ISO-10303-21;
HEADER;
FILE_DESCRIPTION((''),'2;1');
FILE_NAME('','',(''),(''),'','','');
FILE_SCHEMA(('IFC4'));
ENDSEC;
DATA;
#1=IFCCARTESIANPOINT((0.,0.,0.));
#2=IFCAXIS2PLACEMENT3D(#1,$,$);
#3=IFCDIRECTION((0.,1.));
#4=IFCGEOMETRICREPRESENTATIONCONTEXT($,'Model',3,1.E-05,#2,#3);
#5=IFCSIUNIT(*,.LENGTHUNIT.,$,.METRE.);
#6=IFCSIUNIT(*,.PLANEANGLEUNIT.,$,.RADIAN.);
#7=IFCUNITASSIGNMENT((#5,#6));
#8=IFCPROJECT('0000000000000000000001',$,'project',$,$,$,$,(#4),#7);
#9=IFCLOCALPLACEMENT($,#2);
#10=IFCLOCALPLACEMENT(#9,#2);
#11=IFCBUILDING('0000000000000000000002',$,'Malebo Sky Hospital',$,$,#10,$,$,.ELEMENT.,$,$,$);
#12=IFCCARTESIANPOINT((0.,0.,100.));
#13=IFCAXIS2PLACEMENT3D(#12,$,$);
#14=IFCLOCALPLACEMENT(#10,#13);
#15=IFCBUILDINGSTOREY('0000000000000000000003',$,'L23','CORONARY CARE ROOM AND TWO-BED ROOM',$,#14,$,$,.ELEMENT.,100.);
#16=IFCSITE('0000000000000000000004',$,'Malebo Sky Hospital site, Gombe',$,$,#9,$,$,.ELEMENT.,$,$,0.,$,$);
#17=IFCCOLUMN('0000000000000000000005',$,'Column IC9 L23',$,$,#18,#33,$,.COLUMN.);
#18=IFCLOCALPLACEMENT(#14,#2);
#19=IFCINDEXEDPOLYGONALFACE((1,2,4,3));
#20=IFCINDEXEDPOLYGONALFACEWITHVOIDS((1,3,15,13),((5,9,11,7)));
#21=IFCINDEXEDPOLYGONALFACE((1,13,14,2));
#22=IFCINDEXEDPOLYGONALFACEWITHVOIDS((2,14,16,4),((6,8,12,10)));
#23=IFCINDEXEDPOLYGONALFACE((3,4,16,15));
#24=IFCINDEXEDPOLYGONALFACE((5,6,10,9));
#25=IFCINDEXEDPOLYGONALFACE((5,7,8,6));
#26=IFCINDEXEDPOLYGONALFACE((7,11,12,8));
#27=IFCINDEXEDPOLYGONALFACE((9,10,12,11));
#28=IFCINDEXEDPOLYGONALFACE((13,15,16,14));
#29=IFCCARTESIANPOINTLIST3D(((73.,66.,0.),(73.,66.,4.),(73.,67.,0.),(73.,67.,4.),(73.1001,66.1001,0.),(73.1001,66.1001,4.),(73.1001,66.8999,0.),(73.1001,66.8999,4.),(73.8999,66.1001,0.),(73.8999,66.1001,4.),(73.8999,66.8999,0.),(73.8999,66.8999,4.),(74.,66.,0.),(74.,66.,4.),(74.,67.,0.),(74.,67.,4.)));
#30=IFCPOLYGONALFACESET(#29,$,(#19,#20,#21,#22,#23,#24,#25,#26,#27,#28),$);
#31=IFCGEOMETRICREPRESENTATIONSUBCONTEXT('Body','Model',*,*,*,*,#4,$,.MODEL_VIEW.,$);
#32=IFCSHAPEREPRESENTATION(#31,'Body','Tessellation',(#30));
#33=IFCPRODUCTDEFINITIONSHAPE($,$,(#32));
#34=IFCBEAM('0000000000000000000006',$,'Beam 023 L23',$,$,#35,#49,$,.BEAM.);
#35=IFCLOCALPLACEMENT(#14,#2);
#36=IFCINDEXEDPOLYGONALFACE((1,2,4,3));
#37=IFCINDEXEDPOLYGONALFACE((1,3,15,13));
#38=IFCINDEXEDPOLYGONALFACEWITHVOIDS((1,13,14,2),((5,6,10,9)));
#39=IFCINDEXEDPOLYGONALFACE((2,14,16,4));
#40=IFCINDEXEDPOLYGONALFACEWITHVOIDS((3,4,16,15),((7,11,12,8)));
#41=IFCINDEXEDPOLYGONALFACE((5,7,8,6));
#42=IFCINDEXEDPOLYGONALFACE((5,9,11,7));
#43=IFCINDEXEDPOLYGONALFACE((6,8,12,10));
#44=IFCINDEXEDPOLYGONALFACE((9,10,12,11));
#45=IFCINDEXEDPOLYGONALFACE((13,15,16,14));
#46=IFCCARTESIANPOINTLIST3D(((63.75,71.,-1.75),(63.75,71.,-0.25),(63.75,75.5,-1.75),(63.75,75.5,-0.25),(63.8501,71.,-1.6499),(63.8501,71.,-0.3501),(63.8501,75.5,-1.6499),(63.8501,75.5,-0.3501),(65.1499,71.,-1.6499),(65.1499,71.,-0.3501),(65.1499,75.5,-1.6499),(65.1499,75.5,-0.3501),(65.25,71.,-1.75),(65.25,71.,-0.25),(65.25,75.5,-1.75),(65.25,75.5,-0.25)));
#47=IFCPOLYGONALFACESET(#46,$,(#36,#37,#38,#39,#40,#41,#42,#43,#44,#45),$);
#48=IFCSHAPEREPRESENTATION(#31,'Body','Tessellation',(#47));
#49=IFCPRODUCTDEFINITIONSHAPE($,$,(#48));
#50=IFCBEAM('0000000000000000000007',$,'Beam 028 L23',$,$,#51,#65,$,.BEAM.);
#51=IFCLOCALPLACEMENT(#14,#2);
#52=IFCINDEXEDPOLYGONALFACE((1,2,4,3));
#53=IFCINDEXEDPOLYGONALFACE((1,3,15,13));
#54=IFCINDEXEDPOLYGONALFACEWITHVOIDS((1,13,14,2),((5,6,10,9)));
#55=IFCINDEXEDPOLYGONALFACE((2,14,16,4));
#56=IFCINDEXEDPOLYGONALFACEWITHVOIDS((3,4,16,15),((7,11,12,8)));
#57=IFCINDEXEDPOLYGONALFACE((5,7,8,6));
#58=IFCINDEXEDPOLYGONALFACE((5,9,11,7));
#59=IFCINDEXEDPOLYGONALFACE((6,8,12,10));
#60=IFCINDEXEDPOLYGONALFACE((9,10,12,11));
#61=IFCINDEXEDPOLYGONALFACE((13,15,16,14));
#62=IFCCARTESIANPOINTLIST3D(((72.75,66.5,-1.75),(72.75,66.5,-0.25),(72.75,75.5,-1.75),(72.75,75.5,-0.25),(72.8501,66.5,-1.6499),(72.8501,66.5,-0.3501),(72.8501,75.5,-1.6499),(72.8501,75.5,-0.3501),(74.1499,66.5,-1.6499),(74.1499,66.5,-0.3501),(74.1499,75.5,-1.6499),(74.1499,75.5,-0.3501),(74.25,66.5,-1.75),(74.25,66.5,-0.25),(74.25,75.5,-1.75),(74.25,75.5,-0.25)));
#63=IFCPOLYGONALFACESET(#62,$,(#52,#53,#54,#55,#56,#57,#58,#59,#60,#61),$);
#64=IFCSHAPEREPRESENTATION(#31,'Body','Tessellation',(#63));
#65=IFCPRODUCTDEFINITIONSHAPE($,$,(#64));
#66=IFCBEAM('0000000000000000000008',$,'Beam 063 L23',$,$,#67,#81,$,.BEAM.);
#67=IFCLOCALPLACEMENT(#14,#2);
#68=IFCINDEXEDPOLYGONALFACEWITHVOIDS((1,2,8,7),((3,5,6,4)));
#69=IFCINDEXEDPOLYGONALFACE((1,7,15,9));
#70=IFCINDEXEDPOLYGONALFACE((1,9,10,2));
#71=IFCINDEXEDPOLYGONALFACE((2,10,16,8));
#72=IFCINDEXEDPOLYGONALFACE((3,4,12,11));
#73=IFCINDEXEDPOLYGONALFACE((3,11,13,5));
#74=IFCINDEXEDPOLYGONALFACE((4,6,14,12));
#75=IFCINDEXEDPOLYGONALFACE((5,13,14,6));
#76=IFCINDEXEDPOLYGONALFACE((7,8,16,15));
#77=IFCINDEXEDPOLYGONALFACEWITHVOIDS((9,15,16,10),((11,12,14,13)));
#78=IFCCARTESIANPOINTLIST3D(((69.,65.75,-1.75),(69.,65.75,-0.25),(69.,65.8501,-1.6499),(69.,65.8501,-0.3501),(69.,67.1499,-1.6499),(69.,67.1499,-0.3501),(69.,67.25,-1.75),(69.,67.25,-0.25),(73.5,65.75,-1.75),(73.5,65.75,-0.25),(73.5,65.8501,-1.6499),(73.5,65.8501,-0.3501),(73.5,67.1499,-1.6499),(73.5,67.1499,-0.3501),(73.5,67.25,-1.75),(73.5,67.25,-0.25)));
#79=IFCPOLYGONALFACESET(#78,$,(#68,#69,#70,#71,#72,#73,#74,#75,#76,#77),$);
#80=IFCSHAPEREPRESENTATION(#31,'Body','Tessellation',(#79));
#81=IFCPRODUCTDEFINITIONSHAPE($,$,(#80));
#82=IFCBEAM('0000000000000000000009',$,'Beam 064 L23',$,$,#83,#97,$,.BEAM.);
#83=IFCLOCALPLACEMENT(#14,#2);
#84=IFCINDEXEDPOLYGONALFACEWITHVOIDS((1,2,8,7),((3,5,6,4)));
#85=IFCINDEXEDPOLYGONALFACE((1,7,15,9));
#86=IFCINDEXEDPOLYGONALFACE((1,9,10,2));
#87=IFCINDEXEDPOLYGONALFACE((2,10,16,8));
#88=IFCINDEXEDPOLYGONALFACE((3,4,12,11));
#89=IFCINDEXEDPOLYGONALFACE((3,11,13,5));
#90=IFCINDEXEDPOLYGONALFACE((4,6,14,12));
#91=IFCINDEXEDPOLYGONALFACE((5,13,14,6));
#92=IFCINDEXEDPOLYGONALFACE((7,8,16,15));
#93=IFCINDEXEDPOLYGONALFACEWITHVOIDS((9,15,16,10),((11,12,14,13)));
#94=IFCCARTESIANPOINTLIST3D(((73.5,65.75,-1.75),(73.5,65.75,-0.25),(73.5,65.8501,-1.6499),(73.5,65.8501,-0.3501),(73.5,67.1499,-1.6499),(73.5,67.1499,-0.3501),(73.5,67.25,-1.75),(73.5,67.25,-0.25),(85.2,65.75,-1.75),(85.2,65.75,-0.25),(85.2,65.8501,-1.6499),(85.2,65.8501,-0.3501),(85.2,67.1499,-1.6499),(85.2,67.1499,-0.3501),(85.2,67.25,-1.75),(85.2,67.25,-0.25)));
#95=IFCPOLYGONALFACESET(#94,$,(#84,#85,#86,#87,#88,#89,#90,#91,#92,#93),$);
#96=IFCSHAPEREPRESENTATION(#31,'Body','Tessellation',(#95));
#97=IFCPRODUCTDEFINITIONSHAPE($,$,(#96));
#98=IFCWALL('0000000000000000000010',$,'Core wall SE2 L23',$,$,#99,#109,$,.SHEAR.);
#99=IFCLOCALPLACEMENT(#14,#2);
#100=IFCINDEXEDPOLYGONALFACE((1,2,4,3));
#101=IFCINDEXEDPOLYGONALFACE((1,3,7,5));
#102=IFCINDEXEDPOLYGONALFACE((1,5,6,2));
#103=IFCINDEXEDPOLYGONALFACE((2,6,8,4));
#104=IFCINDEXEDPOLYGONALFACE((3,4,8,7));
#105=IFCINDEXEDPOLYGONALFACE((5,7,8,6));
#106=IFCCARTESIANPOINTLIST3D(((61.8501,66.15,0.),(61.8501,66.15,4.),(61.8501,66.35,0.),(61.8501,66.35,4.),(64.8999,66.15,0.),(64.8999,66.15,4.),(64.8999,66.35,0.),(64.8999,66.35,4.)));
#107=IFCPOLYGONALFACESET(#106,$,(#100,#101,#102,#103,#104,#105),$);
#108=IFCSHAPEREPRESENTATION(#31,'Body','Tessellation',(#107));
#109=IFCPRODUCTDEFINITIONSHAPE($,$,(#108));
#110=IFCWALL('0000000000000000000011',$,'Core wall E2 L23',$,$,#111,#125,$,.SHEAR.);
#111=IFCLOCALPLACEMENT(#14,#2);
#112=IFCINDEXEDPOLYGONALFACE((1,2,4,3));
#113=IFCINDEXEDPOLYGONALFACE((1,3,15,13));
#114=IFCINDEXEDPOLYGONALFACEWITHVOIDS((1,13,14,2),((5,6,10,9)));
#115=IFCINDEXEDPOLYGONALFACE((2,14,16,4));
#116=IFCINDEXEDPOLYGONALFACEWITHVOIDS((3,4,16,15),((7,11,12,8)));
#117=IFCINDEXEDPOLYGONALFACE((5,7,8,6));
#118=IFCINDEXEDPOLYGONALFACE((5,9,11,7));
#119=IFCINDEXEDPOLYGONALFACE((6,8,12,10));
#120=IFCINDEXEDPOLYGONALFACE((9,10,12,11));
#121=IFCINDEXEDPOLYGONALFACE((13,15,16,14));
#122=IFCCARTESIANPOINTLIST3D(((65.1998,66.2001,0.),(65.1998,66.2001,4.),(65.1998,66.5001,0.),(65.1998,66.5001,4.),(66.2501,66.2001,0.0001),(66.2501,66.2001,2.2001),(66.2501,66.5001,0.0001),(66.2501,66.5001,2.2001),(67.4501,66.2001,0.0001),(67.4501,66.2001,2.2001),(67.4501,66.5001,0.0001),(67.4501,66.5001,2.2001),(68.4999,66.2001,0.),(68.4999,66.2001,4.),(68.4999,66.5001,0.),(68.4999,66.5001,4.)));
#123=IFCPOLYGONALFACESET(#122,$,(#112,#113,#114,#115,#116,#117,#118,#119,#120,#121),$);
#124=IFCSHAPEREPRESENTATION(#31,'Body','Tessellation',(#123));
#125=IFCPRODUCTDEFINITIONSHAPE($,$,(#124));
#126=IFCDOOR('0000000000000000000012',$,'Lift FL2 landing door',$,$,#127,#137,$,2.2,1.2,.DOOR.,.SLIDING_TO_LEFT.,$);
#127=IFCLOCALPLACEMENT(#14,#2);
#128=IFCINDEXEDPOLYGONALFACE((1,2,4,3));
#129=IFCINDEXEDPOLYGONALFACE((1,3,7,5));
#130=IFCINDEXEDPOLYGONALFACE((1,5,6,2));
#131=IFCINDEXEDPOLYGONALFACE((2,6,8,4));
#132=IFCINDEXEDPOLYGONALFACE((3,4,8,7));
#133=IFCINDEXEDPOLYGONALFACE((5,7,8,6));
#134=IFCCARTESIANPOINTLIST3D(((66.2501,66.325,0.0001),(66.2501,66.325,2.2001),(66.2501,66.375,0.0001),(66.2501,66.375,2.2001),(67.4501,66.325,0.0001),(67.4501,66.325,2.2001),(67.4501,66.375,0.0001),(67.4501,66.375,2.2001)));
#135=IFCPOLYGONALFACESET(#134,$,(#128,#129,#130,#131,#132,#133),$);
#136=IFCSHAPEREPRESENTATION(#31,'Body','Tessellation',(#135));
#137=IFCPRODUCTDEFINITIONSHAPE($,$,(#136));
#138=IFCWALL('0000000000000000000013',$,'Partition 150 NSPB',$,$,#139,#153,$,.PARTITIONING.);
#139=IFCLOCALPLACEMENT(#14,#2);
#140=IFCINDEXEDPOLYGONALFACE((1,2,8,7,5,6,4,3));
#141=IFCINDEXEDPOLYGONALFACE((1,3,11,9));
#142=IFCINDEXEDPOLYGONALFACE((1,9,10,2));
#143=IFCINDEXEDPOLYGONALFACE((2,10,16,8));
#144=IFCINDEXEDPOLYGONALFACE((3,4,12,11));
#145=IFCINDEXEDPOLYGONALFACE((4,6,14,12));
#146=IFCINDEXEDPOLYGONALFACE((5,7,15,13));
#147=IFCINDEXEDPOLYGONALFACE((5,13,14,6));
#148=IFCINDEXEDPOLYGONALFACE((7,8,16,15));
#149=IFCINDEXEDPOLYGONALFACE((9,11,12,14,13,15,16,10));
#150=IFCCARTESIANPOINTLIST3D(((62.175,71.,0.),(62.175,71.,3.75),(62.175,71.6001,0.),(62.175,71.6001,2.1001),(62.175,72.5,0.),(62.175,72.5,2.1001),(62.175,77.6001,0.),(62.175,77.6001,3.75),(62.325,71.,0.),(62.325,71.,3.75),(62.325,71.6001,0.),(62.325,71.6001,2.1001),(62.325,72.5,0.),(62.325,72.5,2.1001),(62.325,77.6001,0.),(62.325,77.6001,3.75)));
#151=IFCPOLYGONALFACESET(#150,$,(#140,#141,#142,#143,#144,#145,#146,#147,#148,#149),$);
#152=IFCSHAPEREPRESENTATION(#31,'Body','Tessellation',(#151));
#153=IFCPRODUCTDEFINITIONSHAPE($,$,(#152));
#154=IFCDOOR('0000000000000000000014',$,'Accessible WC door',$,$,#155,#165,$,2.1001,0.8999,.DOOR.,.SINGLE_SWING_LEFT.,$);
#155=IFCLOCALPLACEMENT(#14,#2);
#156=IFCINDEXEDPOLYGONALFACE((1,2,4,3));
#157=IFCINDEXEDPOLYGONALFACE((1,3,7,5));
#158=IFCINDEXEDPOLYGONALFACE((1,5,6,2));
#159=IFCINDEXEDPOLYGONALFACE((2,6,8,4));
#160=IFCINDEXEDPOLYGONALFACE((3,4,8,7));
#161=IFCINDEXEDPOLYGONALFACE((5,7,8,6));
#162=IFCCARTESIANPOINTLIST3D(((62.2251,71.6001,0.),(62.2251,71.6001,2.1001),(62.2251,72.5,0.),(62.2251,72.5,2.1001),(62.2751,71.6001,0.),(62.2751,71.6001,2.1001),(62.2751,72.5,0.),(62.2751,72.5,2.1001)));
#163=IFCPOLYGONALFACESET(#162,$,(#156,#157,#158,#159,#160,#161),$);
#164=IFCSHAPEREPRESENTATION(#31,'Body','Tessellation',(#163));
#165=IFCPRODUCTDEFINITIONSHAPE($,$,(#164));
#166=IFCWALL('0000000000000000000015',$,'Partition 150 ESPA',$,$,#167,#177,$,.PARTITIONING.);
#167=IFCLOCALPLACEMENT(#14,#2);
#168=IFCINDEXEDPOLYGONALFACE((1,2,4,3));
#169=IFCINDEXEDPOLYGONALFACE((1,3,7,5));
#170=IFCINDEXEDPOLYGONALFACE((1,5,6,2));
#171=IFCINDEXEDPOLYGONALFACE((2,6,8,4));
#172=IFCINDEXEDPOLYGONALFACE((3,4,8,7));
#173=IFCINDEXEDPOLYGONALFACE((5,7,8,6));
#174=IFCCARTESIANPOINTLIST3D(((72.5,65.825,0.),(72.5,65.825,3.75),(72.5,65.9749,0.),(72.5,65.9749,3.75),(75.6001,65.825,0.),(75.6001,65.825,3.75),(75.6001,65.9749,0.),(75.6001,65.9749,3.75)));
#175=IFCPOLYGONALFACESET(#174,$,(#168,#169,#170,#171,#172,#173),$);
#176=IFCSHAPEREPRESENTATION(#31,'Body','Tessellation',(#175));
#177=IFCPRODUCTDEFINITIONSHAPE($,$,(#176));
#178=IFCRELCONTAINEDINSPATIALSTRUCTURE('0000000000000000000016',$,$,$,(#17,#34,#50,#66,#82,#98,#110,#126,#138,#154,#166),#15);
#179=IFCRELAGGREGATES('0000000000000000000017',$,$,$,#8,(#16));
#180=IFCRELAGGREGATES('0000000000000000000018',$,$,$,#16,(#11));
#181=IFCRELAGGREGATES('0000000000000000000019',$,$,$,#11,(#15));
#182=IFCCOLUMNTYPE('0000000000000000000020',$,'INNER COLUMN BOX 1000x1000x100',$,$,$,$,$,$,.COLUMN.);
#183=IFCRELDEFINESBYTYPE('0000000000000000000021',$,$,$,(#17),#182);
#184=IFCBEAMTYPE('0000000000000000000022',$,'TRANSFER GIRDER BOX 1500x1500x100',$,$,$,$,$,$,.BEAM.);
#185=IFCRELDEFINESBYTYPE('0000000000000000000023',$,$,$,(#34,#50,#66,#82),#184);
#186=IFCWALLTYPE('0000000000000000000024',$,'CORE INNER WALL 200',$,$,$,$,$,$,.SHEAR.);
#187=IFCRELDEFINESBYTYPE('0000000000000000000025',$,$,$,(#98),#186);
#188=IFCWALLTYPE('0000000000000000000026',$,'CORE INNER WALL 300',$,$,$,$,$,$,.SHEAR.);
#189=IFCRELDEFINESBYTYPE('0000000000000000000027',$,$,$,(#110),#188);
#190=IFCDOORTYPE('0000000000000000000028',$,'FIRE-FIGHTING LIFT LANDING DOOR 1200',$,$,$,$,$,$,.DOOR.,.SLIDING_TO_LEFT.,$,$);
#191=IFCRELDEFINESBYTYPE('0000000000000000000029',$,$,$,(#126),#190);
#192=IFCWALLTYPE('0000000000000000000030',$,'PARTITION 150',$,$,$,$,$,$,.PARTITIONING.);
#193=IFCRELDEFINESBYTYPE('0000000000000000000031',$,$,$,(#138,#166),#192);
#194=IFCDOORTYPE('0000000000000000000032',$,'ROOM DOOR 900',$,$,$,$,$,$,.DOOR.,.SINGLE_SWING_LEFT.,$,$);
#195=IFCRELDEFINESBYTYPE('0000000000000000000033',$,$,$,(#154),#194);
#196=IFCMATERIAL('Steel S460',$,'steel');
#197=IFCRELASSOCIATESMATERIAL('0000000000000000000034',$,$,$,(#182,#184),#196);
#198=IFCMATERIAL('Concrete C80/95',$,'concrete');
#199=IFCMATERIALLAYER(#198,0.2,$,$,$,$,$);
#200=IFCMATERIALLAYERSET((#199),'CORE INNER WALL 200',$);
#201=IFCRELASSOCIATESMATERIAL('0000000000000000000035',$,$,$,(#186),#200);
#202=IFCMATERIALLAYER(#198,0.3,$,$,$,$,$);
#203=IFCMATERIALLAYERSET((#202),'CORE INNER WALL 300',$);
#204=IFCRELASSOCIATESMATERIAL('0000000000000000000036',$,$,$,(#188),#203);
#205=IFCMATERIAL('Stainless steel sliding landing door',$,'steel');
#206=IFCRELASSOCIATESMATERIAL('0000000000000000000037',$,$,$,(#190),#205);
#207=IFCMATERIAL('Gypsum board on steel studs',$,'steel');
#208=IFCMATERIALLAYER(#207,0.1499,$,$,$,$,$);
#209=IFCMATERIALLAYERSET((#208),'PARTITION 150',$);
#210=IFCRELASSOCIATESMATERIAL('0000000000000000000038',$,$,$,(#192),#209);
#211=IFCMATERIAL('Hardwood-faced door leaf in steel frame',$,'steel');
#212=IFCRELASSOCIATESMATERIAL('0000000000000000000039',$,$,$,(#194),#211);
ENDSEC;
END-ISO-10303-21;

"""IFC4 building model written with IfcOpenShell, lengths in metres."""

from ifc_helpers import new_model, si_unit, direction, frame, frame_2d, origin, origin_2d, place, context, subcontext, project, spatial, rectangle, hollow_rectangle, extrude, material, layer, layer_set, material_profile, profile_set, type_object, element, fill, save


model = new_model("IFC4")

# Units and contexts
model_context = context("Model", 3, precision=1e-05, world=origin(), true_north=direction((0.0, 1.0)))
body_context = subcontext(model_context, "Body", "Model", "MODEL_VIEW")
ifc_project = project(units=[si_unit("LENGTHUNIT", "METRE"), si_unit("PLANEANGLEUNIT", "RADIAN")], contexts=[model_context])

# Site, building, storey
site_placement = place(None, origin())
site = spatial("IfcSite", under=ifc_project, at=site_placement, Name="Malebo Sky Hospital site, Gombe", CompositionType="ELEMENT", RefElevation=0.0)
building_placement = place(site_placement, origin())
building = spatial("IfcBuilding", under=site, at=building_placement, Name="Malebo Sky Hospital", CompositionType="ELEMENT")
storey_placement = place(building_placement, frame((0.0, 0.0, 100.0)))
storey = spatial("IfcBuildingStorey", under=building, at=storey_placement, Name="L23", Description="CORONARY CARE ROOM AND TWO-BED ROOM", CompositionType="ELEMENT", Elevation=100.0)

# Column
ifc_material_1 = material(Name="Steel S460", Category="steel")
ifc_material_profile_1 = material_profile(ifc_material_1, hollow_rectangle(XDim=1.0, YDim=1.0, WallThickness=0.1001, at=origin_2d()), Name="BOX 1000x1000x100")
ifc_profile_set_1 = profile_set([ifc_material_profile_1], Name="Steel S460")
column_type = type_object("IfcColumnType", Name="INNER COLUMN BOX 1000x1000x100", PredefinedType="COLUMN", material=ifc_profile_set_1)
column_placement = place(storey_placement, frame((73.5, 66.5, 0.0), z_axis=(0.0, 0.0, 1.0), x_axis=(1.0, 0.0, 0.0)))
element("IfcColumn", 1, at=column_placement, inside=storey, type_object=column_type, Name="Column IC9 L23", PredefinedType="COLUMN", context=body_context, shape_type="SweptSolid", body=[
    extrude(hollow_rectangle(XDim=1.0, YDim=1.0, WallThickness=0.1001, at=origin_2d()), origin(), (0.0, 0.0, 1.0), 4.0),
])

# Beams
ifc_material_profile_2 = material_profile(ifc_material_1, hollow_rectangle(XDim=1.5, YDim=1.5, WallThickness=0.1001, at=origin_2d()), Name="BOX 1500x1500x100")
ifc_profile_set_2 = profile_set([ifc_material_profile_2], Name="Steel S460")
beam_type = type_object("IfcBeamType", Name="TRANSFER GIRDER BOX 1500x1500x100", PredefinedType="BEAM", material=ifc_profile_set_2)
beam_1_placement = place(storey_placement, frame((64.5, 71.0, -1.0), z_axis=(0.0, 1.0, 0.0), x_axis=(-1.0, 0.0, 0.0)))
element("IfcBeam", 2, at=beam_1_placement, inside=storey, type_object=beam_type, Name="Beam 023 L23", PredefinedType="BEAM", context=body_context, shape_type="SweptSolid", body=[
    extrude(hollow_rectangle(XDim=1.5, YDim=1.5, WallThickness=0.1001, at=origin_2d()), origin(), (0.0, 0.0, 1.0), 4.5),
])
beam_2_placement = place(storey_placement, frame((73.5, 66.5, -1.0), z_axis=(0.0, 1.0, 0.0), x_axis=(-1.0, 0.0, 0.0)))
element("IfcBeam", 3, at=beam_2_placement, inside=storey, type_object=beam_type, Name="Beam 028 L23", PredefinedType="BEAM", context=body_context, shape_type="SweptSolid", body=[
    extrude(hollow_rectangle(XDim=1.5, YDim=1.5, WallThickness=0.1001, at=origin_2d()), origin(), (0.0, 0.0, 1.0), 9.0),
])
beam_3_placement = place(storey_placement, frame((69.0, 66.5, -1.0), z_axis=(1.0, 0.0, 0.0), x_axis=(0.0, 1.0, 0.0)))
element("IfcBeam", 4, at=beam_3_placement, inside=storey, type_object=beam_type, Name="Beam 063 L23", PredefinedType="BEAM", context=body_context, shape_type="SweptSolid", body=[
    extrude(hollow_rectangle(XDim=1.5, YDim=1.5, WallThickness=0.1001, at=origin_2d()), origin(), (0.0, 0.0, 1.0), 4.5),
])
beam_4_placement = place(storey_placement, frame((73.5, 66.5, -1.0), z_axis=(1.0, 0.0, 0.0), x_axis=(0.0, 1.0, 0.0)))
element("IfcBeam", 5, at=beam_4_placement, inside=storey, type_object=beam_type, Name="Beam 064 L23", PredefinedType="BEAM", context=body_context, shape_type="SweptSolid", body=[
    extrude(hollow_rectangle(XDim=1.5, YDim=1.5, WallThickness=0.1001, at=origin_2d()), origin(), (0.0, 0.0, 1.0), 11.7),
])

# Wall
ifc_material_2 = material(Name="Concrete C80/95", Category="concrete")
ifc_layer_1 = layer(ifc_material_2, 0.2)
ifc_layer_set_1 = layer_set([ifc_layer_1], Name="CORE INNER WALL 200")
wall_type_1 = type_object("IfcWallType", Name="CORE INNER WALL 200", PredefinedType="SHEAR", material=ifc_layer_set_1)
wall_1_placement = place(storey_placement, frame((61.8501, 66.25, 0.0), z_axis=(0.0, 0.0, 1.0), x_axis=(1.0, 0.0, 0.0)))
element("IfcWall", 6, at=wall_1_placement, inside=storey, type_object=wall_type_1, Name="Core wall SE2 L23", PredefinedType="SHEAR", context=body_context, shape_type="SweptSolid", body=[
    extrude(rectangle(XDim=3.0498, YDim=0.2, at=frame_2d((1.5249, 0.0))), origin(), (0.0, 0.0, 1.0), 4.0),
])

# Walls, openings, doors
ifc_layer_2 = layer(ifc_material_2, 0.3)
ifc_layer_set_2 = layer_set([ifc_layer_2], Name="CORE INNER WALL 300")
wall_type_2 = type_object("IfcWallType", Name="CORE INNER WALL 300", PredefinedType="SHEAR", material=ifc_layer_set_2)
wall_2_placement = place(storey_placement, frame((65.2, 66.3501, 0.0), z_axis=(0.0, 0.0, 1.0), x_axis=(1.0, 0.0, 0.0)))
wall_2 = element("IfcWall", 7, at=wall_2_placement, inside=storey, type_object=wall_type_2, Name="Core wall E2 L23", PredefinedType="SHEAR", context=body_context, shape_type="SweptSolid", body=[
    extrude(rectangle(XDim=3.3, YDim=0.3, at=frame_2d((1.6499, 0.0))), origin(), (0.0, 0.0, 1.0), 4.0),
])
opening_1_placement = place(wall_2_placement, frame((1.05, 0.0, 0.0)))
opening_1 = element("IfcOpeningElement", 8, at=opening_1_placement, cuts=wall_2, PredefinedType="OPENING", context=body_context, shape_type="SweptSolid", body=[
    extrude(rectangle(XDim=1.2, YDim=2.2, at=frame_2d((0.6001, 1.1001))), frame((0.0, 0.1599, 0.0), z_axis=(0.0, -1.0, 0.0), x_axis=(1.0, 0.0, 0.0)), (0.0, 0.0, 1.0), 0.3201),
])
ifc_material_3 = material(Name="Stainless steel sliding landing door", Category="steel")
door_type_1 = type_object("IfcDoorType", Name="FIRE-FIGHTING LIFT LANDING DOOR 1200", OperationType="SLIDING_TO_LEFT", PredefinedType="DOOR", material=ifc_material_3)
door_1_placement = place(opening_1_placement, origin())
door_1 = element("IfcDoor", 9, at=door_1_placement, inside=storey, type_object=door_type_1, Name="Lift FL2 landing door", OperationType="SLIDING_TO_LEFT", OverallHeight=2.2, OverallWidth=1.2, PredefinedType="DOOR", context=body_context, shape_type="SweptSolid", body=[
    extrude(rectangle(XDim=1.2, YDim=2.2, at=frame_2d((0.6001, 1.1001))), frame((0.0, 0.0249, 0.0), z_axis=(0.0, -1.0, 0.0), x_axis=(1.0, 0.0, 0.0)), (0.0, 0.0, 1.0), 0.05),
])
fill(opening_1, door_1)
ifc_material_4 = material(Name="Gypsum board on steel studs", Category="steel")
ifc_layer_3 = layer(ifc_material_4, 0.1499)
ifc_layer_set_3 = layer_set([ifc_layer_3], Name="PARTITION 150")
wall_type_3 = type_object("IfcWallType", Name="PARTITION 150", PredefinedType="PARTITIONING", material=ifc_layer_set_3)
wall_3_placement = place(storey_placement, frame((62.25, 71.0, 0.0), z_axis=(0.0, 0.0, 1.0), x_axis=(0.0, 1.0, 0.0)))
wall_3 = element("IfcWall", 10, at=wall_3_placement, inside=storey, type_object=wall_type_3, Name="Partition 150 NSPB", PredefinedType="PARTITIONING", context=body_context, shape_type="SweptSolid", body=[
    extrude(rectangle(XDim=6.6001, YDim=0.1499, at=frame_2d((3.3, 0.0))), origin(), (0.0, 0.0, 1.0), 3.75),
])
opening_2_placement = place(wall_3_placement, frame((0.6001, 0.0, 0.0)))
opening_2 = element("IfcOpeningElement", 11, at=opening_2_placement, cuts=wall_3, PredefinedType="OPENING", context=body_context, shape_type="SweptSolid", body=[
    extrude(rectangle(XDim=0.8999, YDim=2.1001, at=frame_2d((0.45, 1.05))), frame((0.0, 0.085, 0.0), z_axis=(0.0, -1.0, 0.0), x_axis=(1.0, 0.0, 0.0)), (0.0, 0.0, 1.0), 0.1699),
])
ifc_material_5 = material(Name="Hardwood-faced door leaf in steel frame", Category="steel")
door_type_2 = type_object("IfcDoorType", Name="ROOM DOOR 900", OperationType="SINGLE_SWING_LEFT", PredefinedType="DOOR", material=ifc_material_5)
door_2_placement = place(opening_2_placement, origin())
door_2 = element("IfcDoor", 12, at=door_2_placement, inside=storey, type_object=door_type_2, Name="Accessible WC door", OperationType="SINGLE_SWING_LEFT", OverallHeight=2.1001, OverallWidth=0.8999, PredefinedType="DOOR", context=body_context, shape_type="SweptSolid", body=[
    extrude(rectangle(XDim=0.8999, YDim=2.1001, at=frame_2d((0.45, 1.05))), frame((0.0, 0.0249, 0.0), z_axis=(0.0, -1.0, 0.0), x_axis=(1.0, 0.0, 0.0)), (0.0, 0.0, 1.0), 0.05),
])
fill(opening_2, door_2)

# Wall
for number, where, z_axis, x_axis, name in (
    (13, (72.5, 65.8999, 0.0), (0.0, 0.0, 1.0), (1.0, 0.0, 0.0), "Partition 150 ESPA"),
):
    element("IfcWall", number, at=place(storey_placement, frame(where, z_axis=z_axis, x_axis=x_axis)), inside=storey, type_object=wall_type_3, Name=name, PredefinedType="PARTITIONING", context=body_context, shape_type="SweptSolid", body=[
        extrude(rectangle(XDim=3.1001, YDim=0.1499, at=frame_2d((1.55, 0.0))), origin(), (0.0, 0.0, 1.0), 3.75),
    ])

save(model, "model.ifc")
